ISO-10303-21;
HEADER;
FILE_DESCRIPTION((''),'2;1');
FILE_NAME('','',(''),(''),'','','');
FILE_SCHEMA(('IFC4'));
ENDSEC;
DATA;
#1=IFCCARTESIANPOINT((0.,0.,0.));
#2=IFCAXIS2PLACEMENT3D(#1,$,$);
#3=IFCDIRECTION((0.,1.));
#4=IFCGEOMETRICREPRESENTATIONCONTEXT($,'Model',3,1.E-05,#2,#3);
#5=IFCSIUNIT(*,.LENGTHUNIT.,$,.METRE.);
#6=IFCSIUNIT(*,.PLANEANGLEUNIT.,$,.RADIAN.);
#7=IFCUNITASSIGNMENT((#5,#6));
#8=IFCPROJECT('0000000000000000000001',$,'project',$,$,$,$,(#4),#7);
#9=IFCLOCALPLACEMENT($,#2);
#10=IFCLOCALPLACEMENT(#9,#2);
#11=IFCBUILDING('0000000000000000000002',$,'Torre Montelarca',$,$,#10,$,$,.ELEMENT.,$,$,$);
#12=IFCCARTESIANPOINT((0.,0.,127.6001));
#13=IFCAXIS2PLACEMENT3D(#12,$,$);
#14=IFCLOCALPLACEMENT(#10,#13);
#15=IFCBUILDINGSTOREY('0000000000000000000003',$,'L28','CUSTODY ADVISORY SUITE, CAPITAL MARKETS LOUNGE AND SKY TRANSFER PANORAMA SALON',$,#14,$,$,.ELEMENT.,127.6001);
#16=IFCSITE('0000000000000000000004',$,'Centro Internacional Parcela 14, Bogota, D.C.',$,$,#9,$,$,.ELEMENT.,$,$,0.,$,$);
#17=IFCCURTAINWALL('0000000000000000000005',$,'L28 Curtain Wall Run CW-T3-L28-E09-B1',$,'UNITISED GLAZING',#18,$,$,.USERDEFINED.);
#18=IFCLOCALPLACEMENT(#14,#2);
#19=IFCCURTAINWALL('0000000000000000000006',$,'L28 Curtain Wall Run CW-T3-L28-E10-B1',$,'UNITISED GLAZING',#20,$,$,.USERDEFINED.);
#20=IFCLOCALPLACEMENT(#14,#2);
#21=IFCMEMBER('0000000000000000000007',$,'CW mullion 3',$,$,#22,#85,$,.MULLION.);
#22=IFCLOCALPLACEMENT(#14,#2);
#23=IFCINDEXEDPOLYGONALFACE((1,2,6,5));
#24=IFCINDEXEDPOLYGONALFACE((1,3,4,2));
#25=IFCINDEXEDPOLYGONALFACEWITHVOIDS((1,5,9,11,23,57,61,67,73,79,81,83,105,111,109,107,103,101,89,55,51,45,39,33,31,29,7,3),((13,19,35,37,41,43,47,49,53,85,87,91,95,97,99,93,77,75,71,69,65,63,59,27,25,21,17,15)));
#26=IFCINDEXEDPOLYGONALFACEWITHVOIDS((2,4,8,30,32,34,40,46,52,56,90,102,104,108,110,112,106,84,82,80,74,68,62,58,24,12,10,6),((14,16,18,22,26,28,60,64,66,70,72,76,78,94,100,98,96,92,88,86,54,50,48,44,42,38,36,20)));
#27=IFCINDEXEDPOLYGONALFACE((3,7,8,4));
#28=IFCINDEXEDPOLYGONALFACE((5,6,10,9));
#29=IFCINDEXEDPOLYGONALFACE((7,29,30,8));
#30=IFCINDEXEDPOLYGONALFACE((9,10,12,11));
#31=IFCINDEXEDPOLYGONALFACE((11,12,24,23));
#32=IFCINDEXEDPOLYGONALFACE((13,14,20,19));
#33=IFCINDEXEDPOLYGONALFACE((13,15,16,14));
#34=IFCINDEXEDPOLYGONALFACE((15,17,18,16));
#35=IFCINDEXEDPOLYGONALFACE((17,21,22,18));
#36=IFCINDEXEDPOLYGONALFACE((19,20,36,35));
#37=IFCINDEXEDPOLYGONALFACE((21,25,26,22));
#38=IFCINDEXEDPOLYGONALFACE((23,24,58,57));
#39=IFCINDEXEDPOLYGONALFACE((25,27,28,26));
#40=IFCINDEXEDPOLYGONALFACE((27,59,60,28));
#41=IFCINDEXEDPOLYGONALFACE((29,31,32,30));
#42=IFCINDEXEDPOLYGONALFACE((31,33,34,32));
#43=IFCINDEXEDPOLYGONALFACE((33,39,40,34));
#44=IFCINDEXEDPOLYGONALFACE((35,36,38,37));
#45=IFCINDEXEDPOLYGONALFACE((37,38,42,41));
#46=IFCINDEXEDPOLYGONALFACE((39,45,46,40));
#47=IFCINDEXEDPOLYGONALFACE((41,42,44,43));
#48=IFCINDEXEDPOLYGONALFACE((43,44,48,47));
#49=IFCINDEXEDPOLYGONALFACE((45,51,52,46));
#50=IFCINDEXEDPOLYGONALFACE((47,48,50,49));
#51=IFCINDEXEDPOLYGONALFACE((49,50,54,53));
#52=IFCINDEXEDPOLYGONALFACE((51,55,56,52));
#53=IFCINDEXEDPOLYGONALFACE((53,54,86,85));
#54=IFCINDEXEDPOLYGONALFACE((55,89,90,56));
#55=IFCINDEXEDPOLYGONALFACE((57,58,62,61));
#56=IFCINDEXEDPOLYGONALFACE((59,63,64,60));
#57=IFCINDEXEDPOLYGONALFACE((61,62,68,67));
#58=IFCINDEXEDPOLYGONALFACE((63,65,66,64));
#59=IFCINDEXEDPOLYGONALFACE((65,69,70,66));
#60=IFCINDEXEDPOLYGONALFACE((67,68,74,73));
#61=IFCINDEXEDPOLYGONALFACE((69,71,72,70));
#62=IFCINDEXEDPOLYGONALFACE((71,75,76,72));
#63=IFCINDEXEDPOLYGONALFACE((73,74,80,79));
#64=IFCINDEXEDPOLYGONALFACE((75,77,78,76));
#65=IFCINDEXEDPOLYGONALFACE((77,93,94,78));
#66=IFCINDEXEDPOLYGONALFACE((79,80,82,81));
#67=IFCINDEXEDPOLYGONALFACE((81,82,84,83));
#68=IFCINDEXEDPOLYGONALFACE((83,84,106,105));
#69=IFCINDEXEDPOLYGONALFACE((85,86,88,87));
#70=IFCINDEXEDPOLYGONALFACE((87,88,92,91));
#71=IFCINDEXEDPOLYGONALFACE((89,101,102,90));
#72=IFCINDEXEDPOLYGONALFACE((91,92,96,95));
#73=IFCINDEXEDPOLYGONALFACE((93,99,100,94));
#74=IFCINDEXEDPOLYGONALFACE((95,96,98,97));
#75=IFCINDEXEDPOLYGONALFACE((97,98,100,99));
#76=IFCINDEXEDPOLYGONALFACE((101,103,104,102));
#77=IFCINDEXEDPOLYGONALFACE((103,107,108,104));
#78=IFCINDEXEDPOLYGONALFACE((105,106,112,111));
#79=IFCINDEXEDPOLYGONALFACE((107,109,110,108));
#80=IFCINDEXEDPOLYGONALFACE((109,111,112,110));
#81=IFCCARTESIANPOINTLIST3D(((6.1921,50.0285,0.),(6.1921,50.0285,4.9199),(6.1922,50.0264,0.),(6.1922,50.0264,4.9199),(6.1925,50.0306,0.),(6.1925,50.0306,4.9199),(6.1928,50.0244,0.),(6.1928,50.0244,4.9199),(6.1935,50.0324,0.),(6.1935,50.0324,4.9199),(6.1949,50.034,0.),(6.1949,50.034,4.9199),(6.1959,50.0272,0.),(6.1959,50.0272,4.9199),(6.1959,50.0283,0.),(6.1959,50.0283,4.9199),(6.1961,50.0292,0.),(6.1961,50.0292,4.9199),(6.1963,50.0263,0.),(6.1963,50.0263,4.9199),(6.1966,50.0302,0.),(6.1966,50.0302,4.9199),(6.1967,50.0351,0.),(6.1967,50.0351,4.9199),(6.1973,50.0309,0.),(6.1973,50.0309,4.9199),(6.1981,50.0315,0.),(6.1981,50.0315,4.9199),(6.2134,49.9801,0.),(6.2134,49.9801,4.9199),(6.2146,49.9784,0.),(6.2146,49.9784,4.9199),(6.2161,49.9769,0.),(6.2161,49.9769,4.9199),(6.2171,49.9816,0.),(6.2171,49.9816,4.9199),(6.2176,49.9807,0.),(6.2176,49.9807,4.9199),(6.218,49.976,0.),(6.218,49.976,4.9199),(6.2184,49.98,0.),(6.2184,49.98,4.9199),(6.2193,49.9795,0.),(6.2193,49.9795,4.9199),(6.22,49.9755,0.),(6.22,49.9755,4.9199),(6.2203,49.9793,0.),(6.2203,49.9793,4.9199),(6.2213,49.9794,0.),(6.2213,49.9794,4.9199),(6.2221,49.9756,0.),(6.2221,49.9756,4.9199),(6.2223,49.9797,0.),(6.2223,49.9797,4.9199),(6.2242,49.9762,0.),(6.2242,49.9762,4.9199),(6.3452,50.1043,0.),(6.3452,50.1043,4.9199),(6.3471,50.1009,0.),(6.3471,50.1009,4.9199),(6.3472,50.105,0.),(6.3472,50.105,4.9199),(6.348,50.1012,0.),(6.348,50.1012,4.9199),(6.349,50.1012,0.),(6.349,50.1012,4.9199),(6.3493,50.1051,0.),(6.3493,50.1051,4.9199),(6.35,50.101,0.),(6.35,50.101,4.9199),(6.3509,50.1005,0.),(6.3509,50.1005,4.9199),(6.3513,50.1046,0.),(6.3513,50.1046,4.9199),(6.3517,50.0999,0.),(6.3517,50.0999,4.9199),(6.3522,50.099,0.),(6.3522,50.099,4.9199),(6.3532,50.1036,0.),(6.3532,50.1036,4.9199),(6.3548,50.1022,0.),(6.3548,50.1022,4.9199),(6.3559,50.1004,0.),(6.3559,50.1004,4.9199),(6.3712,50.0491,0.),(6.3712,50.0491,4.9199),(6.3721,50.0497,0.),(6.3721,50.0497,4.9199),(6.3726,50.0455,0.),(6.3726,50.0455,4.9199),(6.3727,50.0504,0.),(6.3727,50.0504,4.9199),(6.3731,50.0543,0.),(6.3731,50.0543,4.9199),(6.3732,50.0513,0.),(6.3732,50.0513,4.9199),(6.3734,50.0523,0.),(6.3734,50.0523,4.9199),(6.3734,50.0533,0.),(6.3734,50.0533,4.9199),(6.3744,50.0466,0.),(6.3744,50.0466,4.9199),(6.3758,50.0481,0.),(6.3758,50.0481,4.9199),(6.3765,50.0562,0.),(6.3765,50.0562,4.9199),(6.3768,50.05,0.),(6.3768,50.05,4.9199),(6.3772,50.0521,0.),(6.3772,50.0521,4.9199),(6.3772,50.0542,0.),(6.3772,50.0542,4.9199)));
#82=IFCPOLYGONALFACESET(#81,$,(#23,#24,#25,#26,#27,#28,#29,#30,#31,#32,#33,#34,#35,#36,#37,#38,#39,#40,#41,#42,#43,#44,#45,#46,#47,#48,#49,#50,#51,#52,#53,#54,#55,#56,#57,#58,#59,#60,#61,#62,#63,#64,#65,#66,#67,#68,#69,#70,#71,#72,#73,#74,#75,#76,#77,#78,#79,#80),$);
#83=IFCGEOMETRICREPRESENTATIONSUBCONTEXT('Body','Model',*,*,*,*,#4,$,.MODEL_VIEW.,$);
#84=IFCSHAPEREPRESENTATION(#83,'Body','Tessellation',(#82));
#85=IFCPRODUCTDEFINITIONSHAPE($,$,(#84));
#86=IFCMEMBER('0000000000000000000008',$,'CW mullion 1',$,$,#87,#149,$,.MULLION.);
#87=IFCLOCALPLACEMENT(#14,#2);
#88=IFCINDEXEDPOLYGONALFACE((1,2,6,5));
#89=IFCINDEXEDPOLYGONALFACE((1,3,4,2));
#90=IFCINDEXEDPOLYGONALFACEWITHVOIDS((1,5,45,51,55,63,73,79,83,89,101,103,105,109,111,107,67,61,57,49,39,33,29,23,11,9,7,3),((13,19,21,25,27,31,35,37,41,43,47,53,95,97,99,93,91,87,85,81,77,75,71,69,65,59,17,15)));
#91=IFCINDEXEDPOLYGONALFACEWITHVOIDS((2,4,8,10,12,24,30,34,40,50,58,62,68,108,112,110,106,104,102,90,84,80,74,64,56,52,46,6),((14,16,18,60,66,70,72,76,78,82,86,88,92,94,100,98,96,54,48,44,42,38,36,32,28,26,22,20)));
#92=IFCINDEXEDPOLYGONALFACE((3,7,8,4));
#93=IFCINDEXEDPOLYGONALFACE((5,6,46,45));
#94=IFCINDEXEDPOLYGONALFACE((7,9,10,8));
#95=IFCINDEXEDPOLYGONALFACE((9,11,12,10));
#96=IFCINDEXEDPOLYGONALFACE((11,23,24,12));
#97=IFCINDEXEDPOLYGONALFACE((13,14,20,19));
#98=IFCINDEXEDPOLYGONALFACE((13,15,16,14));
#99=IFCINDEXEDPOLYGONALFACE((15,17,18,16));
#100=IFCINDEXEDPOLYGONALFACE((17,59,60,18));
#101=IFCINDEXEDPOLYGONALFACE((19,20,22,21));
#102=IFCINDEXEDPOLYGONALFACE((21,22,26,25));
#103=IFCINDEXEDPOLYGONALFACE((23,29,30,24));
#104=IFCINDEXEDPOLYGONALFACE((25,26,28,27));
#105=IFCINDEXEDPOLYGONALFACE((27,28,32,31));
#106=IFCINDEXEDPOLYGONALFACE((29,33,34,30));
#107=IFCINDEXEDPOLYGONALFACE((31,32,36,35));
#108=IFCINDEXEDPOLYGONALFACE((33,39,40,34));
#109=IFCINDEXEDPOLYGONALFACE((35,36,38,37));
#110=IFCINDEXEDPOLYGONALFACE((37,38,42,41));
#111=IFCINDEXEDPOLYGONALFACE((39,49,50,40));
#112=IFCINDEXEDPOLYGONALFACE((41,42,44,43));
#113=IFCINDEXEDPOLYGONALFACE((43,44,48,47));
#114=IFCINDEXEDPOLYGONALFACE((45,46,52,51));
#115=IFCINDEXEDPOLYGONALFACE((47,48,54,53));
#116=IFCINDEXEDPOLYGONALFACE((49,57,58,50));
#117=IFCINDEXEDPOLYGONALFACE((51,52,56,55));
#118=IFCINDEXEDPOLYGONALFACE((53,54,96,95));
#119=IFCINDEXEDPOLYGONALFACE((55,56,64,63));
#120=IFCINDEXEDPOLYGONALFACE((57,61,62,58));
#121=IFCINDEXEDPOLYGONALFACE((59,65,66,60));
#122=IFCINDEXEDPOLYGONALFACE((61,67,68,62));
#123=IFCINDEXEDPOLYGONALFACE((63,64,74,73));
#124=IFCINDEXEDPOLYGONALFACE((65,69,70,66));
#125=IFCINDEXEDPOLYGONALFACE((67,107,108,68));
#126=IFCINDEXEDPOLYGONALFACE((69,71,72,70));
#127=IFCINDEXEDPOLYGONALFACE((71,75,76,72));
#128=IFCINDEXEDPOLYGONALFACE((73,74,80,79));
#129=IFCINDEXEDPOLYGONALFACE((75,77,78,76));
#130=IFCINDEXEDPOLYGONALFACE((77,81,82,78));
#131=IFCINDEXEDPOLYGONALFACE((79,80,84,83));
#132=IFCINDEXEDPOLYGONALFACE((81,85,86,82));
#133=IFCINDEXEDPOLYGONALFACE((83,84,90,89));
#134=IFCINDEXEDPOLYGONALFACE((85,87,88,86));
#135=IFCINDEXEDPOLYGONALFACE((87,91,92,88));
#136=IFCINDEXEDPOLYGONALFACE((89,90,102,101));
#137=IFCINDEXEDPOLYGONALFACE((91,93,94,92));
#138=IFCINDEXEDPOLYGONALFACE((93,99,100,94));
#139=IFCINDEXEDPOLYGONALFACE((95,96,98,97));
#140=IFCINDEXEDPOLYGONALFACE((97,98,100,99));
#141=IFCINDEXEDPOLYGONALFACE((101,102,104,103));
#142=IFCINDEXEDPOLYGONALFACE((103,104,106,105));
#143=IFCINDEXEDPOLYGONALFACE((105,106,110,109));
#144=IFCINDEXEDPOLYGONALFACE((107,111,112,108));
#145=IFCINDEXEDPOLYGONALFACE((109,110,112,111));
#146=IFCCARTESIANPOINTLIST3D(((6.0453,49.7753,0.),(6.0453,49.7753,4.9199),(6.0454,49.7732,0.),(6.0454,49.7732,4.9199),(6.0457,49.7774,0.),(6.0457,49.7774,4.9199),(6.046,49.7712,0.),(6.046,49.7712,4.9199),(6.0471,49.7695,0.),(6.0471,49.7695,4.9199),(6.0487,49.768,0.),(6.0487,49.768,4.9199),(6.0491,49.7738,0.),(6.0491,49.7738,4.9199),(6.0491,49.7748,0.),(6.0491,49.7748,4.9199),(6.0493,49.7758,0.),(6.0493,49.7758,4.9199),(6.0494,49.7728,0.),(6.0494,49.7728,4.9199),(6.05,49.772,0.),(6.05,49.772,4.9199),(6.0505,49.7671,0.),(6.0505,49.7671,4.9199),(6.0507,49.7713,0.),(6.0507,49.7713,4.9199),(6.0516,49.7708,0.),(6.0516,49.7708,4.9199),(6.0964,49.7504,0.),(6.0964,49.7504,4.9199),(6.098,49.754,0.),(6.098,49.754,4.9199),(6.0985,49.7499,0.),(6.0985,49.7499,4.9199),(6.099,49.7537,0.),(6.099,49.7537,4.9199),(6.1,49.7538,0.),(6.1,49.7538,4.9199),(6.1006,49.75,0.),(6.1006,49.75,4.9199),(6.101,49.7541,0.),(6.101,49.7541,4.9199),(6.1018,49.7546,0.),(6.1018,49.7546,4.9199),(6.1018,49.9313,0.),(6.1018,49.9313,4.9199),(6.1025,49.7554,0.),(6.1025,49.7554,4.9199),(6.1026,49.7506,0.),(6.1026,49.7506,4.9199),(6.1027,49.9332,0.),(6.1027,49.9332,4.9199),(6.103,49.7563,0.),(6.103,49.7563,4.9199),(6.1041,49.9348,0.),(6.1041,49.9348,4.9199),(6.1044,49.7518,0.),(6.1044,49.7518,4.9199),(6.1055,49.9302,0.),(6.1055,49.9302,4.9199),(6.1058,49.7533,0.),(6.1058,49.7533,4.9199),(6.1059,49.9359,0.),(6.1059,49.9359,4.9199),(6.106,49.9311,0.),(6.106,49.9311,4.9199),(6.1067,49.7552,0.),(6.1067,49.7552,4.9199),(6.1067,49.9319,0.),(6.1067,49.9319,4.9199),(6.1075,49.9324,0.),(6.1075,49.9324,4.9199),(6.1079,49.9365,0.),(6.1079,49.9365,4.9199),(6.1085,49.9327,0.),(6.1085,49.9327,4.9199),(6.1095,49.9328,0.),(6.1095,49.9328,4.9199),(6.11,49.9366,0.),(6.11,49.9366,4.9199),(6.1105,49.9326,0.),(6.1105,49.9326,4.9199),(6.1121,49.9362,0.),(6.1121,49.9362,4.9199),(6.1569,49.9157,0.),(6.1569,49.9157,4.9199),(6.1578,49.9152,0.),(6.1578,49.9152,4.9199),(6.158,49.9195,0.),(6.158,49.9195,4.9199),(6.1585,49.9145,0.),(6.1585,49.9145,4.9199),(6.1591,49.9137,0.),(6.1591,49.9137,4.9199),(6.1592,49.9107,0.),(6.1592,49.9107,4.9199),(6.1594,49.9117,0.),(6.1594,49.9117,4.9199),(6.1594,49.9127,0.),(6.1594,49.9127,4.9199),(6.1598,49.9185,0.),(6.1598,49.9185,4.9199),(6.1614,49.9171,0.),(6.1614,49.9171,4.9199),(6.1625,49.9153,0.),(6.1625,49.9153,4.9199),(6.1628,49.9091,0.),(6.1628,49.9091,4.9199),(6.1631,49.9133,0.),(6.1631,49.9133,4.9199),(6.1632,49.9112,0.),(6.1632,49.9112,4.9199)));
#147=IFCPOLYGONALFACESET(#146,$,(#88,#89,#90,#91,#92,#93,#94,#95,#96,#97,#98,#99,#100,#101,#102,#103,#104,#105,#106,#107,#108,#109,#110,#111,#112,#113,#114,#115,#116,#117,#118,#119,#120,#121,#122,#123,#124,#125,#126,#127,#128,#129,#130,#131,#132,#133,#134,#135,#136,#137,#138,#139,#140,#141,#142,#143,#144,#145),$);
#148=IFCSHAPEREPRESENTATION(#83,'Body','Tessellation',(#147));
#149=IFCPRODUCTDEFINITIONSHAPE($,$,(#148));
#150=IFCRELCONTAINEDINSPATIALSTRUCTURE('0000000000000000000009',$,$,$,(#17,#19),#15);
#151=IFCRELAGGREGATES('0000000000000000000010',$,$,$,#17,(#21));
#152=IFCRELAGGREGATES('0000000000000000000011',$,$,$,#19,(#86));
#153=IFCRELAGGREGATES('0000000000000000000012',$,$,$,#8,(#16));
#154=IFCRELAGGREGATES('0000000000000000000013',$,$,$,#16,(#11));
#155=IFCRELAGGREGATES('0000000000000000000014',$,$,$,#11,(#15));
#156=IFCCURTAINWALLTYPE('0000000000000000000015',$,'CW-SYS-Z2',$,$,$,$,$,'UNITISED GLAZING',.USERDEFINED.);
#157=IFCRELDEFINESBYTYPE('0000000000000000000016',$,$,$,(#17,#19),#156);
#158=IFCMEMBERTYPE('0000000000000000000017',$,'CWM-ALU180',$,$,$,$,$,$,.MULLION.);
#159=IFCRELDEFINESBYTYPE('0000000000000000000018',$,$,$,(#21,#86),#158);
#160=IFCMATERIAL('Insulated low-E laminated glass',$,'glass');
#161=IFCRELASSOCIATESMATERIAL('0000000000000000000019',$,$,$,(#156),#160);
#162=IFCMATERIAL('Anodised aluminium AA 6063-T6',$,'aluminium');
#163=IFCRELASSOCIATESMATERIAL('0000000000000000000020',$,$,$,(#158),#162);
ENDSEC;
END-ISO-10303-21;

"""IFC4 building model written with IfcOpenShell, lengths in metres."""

from ifc_helpers import new_model, si_unit, direction, frame, origin, origin_2d, place, context, subcontext, project, spatial, hollow_rectangle, extrude, source, transform, mapped, material, material_profile, profile_set, type_object, element, aggregate, save


model = new_model("IFC4")

# Units and contexts
model_context = context("Model", 3, precision=1e-05, world=origin(), true_north=direction((0.0, 1.0)))
body_context = subcontext(model_context, "Body", "Model", "MODEL_VIEW")
ifc_project = project(units=[si_unit("LENGTHUNIT", "METRE"), si_unit("PLANEANGLEUNIT", "RADIAN")], contexts=[model_context])

# Site, building, storey
site_placement = place(None, origin())
site = spatial("IfcSite", under=ifc_project, at=site_placement, Name="Centro Internacional Parcela 14, Bogota, D.C.", CompositionType="ELEMENT", RefElevation=0.0)
building_placement = place(site_placement, origin())
building = spatial("IfcBuilding", under=site, at=building_placement, Name="Torre Montelarca", CompositionType="ELEMENT")
storey_placement = place(building_placement, frame((0.0, 0.0, 127.6001)))
storey = spatial("IfcBuildingStorey", under=building, at=storey_placement, Name="L28", Description="CUSTODY ADVISORY SUITE, CAPITAL MARKETS LOUNGE AND SKY TRANSFER PANORAMA SALON", CompositionType="ELEMENT", Elevation=127.6001)

# Curtain walls
ifc_material_1 = material(Name="Insulated low-E laminated glass", Category="glass")
curtain_wall_type = type_object("IfcCurtainWallType", Name="CW-SYS-Z2", ElementType="UNITISED GLAZING", PredefinedType="USERDEFINED", material=ifc_material_1)
curtain_wall_1_placement = place(storey_placement, origin())
curtain_wall_1 = element("IfcCurtainWall", 1, at=curtain_wall_1_placement, inside=storey, type_object=curtain_wall_type, Name="L28 Curtain Wall Run CW-T3-L28-E09-B1", ObjectType="UNITISED GLAZING", PredefinedType="USERDEFINED")
ifc_material_2 = material(Name="Anodised aluminium AA 6063-T6", Category="aluminium")
curtain_wall_2_placement = place(storey_placement, origin())
curtain_wall_2 = element("IfcCurtainWall", 2, at=curtain_wall_2_placement, inside=storey, type_object=curtain_wall_type, Name="L28 Curtain Wall Run CW-T3-L28-E10-B1", ObjectType="UNITISED GLAZING", PredefinedType="USERDEFINED")
ifc_material_profile_1 = material_profile(ifc_material_2, hollow_rectangle(XDim=0.0649, YDim=0.1799, WallThickness=0.0039, InnerFilletRadius=0.0039, OuterFilletRadius=0.0081, at=origin_2d()), Name="ALU65X180X4", Category="aluminium")
ifc_profile_set_1 = profile_set([ifc_material_profile_1], Name="Anodised aluminium AA 6063-T6")
member_type_1 = type_object("IfcMemberType", Name="CWM-ALU180", PredefinedType="MULLION", material=ifc_profile_set_1)
shared_shape_1 = source(origin(), body_context, "Body", "SweptSolid", [
    extrude(hollow_rectangle(XDim=0.0649, YDim=0.1799, WallThickness=0.0039, InnerFilletRadius=0.0039, OuterFilletRadius=0.0081, at=origin_2d()), origin(), (0.0, 0.0, 1.0), 4.9199),
])

# Members
member_1_placement = place(storey_placement, frame((6.2847, 50.0403, 0.0), z_axis=(0.0, 0.0, 1.0), x_axis=(0.422598, -0.906317, 0.0)))
member_1 = element("IfcMember", 3, at=member_1_placement, type_object=member_type_1, Name="CW mullion 3", PredefinedType="MULLION", context=body_context, shape_type="MappedRepresentation", body=[
    mapped(shared_shape_1, transform((0.0, 0.0, 0.0), scale=1.0)),
])
member_2_placement = place(storey_placement, frame((6.1042, 49.8433, 0.0), z_axis=(0.0, 0.0, 1.0), x_axis=(0.939693, -0.342019, 0.0)))
member_2 = element("IfcMember", 4, at=member_2_placement, type_object=member_type_1, Name="CW mullion 1", PredefinedType="MULLION", context=body_context, shape_type="MappedRepresentation", body=[
    mapped(shared_shape_1, transform((0.0, 0.0, 0.0), scale=1.0)),
])

aggregate(curtain_wall_1, [member_1])
aggregate(curtain_wall_2, [member_2])

save(model, "model.ifc")
